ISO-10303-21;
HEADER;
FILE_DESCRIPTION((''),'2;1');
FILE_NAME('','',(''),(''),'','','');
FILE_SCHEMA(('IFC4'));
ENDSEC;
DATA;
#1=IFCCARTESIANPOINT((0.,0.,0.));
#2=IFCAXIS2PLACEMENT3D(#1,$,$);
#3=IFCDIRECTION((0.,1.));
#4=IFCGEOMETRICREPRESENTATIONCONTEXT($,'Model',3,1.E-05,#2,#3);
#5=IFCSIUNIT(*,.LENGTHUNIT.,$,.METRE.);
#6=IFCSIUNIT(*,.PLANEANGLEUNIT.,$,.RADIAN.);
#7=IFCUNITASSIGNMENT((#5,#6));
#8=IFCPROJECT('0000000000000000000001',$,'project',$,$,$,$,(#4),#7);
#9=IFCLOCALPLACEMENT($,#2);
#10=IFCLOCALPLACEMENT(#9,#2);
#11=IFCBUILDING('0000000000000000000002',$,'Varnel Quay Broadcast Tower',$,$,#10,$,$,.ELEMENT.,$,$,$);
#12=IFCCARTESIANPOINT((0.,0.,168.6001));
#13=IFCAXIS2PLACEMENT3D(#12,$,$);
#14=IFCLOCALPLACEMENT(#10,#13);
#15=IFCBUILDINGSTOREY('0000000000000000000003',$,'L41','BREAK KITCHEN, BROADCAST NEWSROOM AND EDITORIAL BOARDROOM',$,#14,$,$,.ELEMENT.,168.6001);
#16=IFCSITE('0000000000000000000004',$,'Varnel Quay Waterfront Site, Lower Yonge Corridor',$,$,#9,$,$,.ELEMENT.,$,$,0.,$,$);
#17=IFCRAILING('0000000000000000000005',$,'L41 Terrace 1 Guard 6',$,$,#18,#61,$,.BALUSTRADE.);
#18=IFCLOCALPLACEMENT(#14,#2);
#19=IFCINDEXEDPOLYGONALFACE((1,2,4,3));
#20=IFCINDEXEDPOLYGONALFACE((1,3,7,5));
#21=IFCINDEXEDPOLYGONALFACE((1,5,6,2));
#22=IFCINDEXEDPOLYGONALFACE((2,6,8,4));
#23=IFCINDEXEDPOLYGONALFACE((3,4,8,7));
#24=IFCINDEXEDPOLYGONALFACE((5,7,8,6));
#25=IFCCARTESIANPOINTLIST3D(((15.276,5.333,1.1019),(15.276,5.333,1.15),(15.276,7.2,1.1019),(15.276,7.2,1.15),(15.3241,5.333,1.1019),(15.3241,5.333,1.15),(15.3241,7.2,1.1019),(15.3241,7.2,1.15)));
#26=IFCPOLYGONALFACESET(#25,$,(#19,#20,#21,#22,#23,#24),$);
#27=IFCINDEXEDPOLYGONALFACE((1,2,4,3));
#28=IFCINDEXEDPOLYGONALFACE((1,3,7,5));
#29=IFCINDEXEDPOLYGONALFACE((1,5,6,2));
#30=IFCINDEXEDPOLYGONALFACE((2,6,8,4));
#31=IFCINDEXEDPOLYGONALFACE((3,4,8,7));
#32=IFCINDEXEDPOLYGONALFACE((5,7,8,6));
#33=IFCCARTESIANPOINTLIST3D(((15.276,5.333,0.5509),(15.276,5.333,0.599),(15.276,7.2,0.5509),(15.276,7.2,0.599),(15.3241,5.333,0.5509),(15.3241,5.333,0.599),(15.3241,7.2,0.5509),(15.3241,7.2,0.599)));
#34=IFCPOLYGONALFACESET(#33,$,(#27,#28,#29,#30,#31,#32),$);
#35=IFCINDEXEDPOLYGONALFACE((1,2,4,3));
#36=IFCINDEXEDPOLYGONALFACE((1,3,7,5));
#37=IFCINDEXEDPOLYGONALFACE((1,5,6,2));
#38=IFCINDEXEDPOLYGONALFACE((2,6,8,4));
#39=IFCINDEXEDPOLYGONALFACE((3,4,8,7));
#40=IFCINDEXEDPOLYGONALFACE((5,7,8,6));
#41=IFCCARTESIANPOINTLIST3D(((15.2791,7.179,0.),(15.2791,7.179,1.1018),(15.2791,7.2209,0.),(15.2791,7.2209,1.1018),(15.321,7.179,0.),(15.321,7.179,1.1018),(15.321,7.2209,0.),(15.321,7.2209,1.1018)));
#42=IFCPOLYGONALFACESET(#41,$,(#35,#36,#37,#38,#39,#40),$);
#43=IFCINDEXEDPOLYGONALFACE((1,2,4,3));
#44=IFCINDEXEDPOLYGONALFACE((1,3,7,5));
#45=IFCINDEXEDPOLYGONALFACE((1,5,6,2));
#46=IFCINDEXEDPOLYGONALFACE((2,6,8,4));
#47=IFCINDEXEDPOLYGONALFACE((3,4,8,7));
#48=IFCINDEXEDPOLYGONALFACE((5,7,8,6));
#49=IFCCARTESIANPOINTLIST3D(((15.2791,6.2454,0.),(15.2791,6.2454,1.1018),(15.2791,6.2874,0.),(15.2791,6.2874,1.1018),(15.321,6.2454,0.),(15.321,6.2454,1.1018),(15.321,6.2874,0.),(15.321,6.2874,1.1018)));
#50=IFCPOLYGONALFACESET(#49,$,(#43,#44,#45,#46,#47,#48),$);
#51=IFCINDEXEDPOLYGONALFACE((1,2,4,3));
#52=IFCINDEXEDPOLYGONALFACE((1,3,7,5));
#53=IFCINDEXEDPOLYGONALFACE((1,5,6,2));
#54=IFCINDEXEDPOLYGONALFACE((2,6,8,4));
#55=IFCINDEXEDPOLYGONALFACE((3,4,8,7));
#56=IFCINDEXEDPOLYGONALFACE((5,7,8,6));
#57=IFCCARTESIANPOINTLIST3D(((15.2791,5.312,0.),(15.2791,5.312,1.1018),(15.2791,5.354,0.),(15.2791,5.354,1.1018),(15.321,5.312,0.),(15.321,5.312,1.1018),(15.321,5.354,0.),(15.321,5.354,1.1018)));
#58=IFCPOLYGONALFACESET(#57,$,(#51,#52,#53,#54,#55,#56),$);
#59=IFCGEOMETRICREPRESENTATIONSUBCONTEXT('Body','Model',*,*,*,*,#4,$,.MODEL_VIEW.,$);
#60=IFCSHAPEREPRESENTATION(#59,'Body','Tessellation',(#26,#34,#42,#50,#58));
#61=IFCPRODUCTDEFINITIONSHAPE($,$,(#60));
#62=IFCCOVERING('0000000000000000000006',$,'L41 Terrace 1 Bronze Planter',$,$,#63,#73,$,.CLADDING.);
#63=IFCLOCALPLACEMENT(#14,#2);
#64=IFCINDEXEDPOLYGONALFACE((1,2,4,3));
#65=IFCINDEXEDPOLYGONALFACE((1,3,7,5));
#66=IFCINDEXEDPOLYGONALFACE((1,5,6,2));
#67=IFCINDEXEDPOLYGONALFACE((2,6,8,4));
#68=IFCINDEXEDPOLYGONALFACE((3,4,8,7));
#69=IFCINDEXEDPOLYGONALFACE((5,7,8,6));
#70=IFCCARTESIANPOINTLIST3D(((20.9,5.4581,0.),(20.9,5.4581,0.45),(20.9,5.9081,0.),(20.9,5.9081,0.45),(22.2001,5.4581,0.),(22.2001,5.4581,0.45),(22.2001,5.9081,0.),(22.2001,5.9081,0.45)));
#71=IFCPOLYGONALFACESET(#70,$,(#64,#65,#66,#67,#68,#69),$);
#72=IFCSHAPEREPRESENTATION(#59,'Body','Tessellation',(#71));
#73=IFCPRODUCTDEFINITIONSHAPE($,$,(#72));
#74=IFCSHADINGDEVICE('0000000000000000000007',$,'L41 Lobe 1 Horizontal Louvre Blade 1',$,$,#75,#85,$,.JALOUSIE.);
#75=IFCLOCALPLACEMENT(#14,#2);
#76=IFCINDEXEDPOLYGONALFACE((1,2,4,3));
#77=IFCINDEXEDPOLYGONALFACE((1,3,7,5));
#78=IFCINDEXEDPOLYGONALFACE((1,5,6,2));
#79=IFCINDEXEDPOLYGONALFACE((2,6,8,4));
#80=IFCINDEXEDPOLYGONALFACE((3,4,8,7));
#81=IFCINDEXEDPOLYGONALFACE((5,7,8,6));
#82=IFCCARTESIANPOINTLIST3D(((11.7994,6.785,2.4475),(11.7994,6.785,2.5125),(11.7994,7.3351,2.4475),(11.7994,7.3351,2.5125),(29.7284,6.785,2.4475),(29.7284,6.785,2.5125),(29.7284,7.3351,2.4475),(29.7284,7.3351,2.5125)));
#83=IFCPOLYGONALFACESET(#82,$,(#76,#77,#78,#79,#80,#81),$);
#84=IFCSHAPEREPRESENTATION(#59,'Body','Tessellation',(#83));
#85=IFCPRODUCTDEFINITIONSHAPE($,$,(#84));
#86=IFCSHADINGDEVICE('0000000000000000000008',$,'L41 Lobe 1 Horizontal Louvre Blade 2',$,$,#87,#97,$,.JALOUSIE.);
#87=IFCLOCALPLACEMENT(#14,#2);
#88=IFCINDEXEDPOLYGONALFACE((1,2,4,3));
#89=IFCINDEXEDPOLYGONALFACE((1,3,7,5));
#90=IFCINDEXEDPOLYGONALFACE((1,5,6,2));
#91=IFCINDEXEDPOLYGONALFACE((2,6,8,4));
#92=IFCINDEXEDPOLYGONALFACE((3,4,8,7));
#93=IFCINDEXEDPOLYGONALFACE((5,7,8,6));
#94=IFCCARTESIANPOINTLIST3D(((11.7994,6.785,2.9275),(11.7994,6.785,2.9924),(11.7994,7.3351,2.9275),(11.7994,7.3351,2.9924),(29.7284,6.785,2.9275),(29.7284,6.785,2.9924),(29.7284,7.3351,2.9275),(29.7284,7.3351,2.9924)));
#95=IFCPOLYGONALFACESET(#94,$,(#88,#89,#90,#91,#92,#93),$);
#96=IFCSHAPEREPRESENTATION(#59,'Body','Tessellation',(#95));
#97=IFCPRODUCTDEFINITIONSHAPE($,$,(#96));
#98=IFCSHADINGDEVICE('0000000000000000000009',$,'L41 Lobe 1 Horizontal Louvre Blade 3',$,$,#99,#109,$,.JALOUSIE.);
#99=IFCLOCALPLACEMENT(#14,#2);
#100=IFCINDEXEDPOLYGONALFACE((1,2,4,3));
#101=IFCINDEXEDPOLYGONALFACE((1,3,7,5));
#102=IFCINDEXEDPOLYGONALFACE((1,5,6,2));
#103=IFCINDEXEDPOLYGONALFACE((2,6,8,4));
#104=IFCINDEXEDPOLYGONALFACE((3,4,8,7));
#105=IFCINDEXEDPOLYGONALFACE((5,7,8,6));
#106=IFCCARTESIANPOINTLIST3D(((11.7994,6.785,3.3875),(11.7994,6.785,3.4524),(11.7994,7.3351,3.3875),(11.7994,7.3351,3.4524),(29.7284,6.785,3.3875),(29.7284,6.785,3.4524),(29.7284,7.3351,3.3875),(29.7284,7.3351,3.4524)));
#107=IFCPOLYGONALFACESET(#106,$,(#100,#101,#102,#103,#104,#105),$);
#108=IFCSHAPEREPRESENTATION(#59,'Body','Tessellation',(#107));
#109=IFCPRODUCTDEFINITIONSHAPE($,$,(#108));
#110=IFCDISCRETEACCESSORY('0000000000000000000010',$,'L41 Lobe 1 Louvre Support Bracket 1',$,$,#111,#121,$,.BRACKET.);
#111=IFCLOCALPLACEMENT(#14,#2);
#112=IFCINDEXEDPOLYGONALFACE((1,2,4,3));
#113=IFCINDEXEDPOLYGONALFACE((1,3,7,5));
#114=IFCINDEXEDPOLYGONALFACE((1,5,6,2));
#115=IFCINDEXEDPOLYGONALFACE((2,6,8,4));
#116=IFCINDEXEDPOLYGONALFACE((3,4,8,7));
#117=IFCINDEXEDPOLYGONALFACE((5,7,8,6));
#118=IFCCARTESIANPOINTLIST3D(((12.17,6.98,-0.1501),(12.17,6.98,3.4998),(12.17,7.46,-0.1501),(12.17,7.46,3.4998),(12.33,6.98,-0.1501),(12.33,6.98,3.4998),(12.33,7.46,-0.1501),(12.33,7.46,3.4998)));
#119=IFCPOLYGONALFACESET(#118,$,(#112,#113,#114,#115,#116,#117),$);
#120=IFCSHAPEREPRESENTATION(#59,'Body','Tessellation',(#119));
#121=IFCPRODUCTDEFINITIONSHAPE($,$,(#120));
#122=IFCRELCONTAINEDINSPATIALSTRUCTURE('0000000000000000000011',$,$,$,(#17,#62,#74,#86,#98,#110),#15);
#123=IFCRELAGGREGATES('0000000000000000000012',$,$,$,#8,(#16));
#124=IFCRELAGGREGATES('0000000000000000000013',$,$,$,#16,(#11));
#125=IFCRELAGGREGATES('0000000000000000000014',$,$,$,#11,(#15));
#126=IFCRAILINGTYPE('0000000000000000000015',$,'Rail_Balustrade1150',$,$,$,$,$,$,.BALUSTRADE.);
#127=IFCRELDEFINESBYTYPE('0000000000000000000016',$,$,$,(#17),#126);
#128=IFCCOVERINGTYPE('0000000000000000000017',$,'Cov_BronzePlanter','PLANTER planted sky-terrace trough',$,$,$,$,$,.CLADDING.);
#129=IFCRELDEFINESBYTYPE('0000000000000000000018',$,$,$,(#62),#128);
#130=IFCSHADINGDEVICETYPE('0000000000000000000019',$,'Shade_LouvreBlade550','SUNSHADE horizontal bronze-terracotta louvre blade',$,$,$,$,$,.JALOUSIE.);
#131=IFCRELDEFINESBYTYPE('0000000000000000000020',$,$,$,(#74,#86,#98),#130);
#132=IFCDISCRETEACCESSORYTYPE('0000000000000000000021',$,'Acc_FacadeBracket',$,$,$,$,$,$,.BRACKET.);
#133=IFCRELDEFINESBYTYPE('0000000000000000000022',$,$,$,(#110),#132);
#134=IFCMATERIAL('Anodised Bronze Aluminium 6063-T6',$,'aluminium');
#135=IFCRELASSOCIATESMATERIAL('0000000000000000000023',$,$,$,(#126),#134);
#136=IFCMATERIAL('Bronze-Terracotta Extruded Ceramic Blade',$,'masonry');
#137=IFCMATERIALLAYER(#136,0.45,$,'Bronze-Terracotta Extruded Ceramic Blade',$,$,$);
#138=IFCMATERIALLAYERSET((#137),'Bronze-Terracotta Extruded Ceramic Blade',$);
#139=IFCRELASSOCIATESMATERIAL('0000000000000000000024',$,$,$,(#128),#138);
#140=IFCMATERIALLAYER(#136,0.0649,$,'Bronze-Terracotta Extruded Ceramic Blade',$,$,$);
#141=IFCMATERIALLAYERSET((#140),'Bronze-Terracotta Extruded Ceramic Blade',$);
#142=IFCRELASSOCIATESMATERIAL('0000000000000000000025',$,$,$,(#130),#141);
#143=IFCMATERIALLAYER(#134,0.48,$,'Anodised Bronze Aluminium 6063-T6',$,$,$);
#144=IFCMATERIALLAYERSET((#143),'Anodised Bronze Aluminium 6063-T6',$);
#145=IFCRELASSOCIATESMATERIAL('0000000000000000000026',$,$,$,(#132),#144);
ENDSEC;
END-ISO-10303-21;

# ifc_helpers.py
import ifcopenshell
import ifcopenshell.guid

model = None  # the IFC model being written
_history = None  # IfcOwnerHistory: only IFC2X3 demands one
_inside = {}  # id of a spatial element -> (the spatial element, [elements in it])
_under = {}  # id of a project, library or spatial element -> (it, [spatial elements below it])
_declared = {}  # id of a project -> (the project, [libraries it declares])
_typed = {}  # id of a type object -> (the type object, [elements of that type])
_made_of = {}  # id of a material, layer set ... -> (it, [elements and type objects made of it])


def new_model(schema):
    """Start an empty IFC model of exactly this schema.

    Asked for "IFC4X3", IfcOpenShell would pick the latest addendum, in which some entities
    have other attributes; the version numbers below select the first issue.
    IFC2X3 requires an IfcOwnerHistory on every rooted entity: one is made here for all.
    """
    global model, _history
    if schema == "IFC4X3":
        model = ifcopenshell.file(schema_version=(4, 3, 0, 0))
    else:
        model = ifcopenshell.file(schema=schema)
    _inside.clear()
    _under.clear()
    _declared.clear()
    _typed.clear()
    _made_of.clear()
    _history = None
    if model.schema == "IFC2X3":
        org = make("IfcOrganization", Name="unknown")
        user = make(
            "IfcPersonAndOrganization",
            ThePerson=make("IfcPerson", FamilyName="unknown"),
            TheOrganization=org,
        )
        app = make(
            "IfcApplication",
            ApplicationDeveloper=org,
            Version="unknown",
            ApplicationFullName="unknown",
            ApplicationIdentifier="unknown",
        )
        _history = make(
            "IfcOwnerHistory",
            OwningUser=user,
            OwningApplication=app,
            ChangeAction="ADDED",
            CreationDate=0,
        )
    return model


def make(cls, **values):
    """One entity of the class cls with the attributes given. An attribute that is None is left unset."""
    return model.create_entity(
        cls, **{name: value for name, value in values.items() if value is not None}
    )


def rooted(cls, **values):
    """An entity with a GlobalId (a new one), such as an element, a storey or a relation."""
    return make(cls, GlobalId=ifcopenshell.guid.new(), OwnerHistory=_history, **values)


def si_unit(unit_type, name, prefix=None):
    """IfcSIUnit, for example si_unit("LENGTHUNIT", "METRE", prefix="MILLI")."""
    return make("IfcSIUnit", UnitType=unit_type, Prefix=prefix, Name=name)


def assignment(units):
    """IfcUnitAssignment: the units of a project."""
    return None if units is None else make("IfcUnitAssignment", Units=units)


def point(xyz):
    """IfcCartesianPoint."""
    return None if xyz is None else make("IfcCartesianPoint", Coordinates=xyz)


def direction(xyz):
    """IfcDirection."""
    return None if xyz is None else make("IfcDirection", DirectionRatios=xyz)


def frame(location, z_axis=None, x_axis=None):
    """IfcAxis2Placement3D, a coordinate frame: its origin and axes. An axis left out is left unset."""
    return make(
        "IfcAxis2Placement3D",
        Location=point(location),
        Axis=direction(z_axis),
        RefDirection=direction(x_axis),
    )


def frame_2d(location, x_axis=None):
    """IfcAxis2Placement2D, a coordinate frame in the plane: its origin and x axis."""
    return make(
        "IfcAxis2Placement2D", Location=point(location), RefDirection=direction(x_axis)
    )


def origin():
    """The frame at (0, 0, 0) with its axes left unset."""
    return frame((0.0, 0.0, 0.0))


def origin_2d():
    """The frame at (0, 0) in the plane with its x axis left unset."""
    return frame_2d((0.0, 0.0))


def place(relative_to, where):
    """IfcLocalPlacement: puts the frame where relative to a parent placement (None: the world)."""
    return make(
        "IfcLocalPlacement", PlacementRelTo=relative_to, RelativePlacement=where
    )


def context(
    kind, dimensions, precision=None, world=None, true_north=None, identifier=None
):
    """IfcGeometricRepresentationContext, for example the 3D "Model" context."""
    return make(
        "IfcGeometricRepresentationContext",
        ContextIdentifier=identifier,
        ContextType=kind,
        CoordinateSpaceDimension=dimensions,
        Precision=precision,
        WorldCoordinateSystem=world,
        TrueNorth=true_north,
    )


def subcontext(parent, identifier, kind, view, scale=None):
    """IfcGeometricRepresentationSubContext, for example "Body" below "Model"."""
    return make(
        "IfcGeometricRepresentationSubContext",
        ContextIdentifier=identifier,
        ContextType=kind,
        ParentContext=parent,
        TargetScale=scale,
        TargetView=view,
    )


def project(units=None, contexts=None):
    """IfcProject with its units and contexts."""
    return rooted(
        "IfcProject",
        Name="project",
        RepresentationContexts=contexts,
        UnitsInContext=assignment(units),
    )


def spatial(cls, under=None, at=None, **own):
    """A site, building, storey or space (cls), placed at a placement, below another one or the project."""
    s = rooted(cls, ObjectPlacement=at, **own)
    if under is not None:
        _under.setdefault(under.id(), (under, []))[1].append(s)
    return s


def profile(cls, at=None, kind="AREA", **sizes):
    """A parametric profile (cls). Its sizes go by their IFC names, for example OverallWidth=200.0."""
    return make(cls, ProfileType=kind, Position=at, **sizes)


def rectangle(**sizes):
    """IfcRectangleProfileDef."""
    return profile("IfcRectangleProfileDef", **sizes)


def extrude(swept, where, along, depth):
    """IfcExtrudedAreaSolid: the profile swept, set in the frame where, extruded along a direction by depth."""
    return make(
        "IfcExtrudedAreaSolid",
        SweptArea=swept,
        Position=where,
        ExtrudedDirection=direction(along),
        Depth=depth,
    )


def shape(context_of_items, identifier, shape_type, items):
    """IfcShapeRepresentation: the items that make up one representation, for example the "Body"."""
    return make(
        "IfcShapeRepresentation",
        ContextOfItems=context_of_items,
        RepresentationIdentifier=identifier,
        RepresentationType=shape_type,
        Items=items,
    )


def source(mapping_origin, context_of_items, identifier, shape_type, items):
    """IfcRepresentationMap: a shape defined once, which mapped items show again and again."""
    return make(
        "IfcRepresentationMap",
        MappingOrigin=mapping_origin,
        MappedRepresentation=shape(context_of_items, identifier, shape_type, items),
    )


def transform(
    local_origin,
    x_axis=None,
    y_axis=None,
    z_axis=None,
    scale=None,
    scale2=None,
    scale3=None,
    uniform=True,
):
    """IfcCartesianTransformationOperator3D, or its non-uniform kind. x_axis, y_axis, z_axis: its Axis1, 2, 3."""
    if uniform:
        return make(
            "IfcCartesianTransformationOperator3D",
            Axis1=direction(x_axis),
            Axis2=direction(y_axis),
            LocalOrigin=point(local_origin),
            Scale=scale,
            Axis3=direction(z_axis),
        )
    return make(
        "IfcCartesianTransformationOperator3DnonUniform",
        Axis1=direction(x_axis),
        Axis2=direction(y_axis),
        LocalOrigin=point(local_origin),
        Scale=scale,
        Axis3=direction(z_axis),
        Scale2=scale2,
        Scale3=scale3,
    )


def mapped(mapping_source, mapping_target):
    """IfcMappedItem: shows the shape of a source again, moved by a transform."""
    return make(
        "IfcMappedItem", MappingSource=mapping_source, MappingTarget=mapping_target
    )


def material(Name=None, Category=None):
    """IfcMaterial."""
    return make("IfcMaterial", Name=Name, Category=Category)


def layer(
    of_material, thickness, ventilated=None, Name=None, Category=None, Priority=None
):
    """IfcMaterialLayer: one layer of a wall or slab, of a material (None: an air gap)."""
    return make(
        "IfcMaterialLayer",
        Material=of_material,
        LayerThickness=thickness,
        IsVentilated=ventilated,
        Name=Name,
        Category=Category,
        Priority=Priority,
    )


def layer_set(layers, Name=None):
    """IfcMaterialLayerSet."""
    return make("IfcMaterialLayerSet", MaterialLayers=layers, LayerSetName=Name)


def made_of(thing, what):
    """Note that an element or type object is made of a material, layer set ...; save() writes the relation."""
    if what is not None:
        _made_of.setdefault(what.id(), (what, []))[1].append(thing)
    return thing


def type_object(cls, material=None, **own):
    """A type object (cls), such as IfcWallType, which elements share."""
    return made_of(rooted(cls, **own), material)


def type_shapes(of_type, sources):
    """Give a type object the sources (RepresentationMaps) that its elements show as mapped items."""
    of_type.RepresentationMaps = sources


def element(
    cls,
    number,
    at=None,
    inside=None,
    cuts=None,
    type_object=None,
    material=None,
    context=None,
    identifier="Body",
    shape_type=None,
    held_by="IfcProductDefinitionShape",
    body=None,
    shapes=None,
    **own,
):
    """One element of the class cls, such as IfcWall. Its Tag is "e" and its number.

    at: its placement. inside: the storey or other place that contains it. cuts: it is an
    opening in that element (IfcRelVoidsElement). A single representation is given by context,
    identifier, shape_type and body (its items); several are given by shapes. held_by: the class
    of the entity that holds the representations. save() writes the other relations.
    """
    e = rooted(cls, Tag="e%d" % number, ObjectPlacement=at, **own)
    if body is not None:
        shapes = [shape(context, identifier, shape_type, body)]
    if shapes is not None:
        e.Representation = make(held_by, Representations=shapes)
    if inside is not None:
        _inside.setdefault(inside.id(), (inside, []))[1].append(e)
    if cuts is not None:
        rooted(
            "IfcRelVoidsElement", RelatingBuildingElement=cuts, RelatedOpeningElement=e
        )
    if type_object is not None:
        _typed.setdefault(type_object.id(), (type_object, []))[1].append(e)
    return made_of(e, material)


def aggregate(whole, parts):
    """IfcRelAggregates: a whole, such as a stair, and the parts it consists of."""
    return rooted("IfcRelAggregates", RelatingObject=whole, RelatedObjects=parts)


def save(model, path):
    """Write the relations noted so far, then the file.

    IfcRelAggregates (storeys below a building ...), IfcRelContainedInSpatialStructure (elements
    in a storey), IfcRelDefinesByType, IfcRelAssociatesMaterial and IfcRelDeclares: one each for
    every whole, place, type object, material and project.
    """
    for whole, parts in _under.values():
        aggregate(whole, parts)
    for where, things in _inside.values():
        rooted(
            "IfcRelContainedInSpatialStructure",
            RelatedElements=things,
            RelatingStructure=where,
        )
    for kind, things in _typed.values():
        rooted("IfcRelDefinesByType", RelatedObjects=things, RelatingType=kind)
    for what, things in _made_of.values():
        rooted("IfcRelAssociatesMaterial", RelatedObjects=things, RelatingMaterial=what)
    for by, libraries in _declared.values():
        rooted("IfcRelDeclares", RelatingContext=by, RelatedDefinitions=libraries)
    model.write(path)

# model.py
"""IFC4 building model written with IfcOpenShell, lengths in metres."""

from ifc_helpers import new_model, si_unit, direction, frame, origin, origin_2d, place, context, subcontext, project, spatial, rectangle, extrude, source, transform, mapped, material, layer, layer_set, type_object, type_shapes, element, save


model = new_model("IFC4")

# Units and contexts
model_context = context("Model", 3, precision=1e-05, world=origin(), true_north=direction((0.0, 1.0)))
body_context = subcontext(model_context, "Body", "Model", "MODEL_VIEW")
ifc_project = project(units=[si_unit("LENGTHUNIT", "METRE"), si_unit("PLANEANGLEUNIT", "RADIAN")], contexts=[model_context])

# Site, building, storey
site_placement = place(None, origin())
site = spatial("IfcSite", under=ifc_project, at=site_placement, Name="Varnel Quay Waterfront Site, Lower Yonge Corridor", CompositionType="ELEMENT", RefElevation=0.0)
building_placement = place(site_placement, origin())
building = spatial("IfcBuilding", under=site, at=building_placement, Name="Varnel Quay Broadcast Tower", CompositionType="ELEMENT")
storey_placement = place(building_placement, frame((0.0, 0.0, 168.6001)))
storey = spatial("IfcBuildingStorey", under=building, at=storey_placement, Name="L41", Description="BREAK KITCHEN, BROADCAST NEWSROOM AND EDITORIAL BOARDROOM", CompositionType="ELEMENT", Elevation=168.6001)

# Shared definitions
ifc_material_1 = material(Name="Anodised Bronze Aluminium 6063-T6", Category="aluminium")

# Railing
railing_type = type_object("IfcRailingType", Name="Rail_Balustrade1150", PredefinedType="BALUSTRADE", material=ifc_material_1)
railing_1_placement = place(storey_placement, frame((15.3, 7.2, 0.0)))
element("IfcRailing", 1, at=railing_1_placement, inside=storey, type_object=railing_type, Name="L41 Terrace 1 Guard 6", PredefinedType="BALUSTRADE", context=body_context, shape_type="SweptSolid", body=[
    extrude(rectangle(XDim=0.0481, YDim=0.0481, at=origin_2d()), frame((0.0, 0.0, 1.126), z_axis=(0.0, -1.0, 0.0), x_axis=(1.0, 0.0, 0.0)), (0.0, 0.0, 1.0), 1.8669),
    extrude(rectangle(XDim=0.0481, YDim=0.0481, at=origin_2d()), frame((0.0, 0.0, 0.575), z_axis=(0.0, -1.0, 0.0), x_axis=(1.0, 0.0, 0.0)), (0.0, 0.0, 1.0), 1.8669),
    extrude(rectangle(XDim=0.042, YDim=0.042, at=origin_2d()), origin(), (0.0, 0.0, 1.0), 1.1018),
    extrude(rectangle(XDim=0.042, YDim=0.042, at=origin_2d()), frame((0.0, -0.9336, 0.0)), (0.0, 0.0, 1.0), 1.1018),
    extrude(rectangle(XDim=0.042, YDim=0.042, at=origin_2d()), frame((0.0, -1.8669, 0.0)), (0.0, 0.0, 1.0), 1.1018),
])

# Covering
ifc_material_2 = material(Name="Bronze-Terracotta Extruded Ceramic Blade", Category="masonry")
ifc_layer_1 = layer(ifc_material_2, 0.45, Name="Bronze-Terracotta Extruded Ceramic Blade")
ifc_layer_set_1 = layer_set([ifc_layer_1], Name="Bronze-Terracotta Extruded Ceramic Blade")
covering_type = type_object("IfcCoveringType", Name="Cov_BronzePlanter", Description="PLANTER planted sky-terrace trough", PredefinedType="CLADDING", material=ifc_layer_set_1)
shared_shape_1 = source(origin(), body_context, "Body", "SweptSolid", [
    extrude(rectangle(XDim=1.3, YDim=0.45, at=origin_2d()), origin(), (0.0, 0.0, 1.0), 0.45),
])
type_shapes(covering_type, [shared_shape_1])
covering_placement = place(storey_placement, frame((21.55, 5.6831, 0.0), z_axis=(0.0, 0.0, 1.0), x_axis=(1.0, 0.0, 0.0)))
element("IfcCovering", 2, at=covering_placement, inside=storey, type_object=covering_type, Name="L41 Terrace 1 Bronze Planter", PredefinedType="CLADDING", context=body_context, shape_type="MappedRepresentation", body=[
    mapped(shared_shape_1, transform((0.0, 0.0, 0.0), x_axis=(1.0, 0.0, 0.0), y_axis=(0.0, 1.0, 0.0), z_axis=(0.0, 0.0, 1.0), scale=1.0)),
])

# Shading devices
ifc_layer_2 = layer(ifc_material_2, 0.0649, Name="Bronze-Terracotta Extruded Ceramic Blade")
ifc_layer_set_2 = layer_set([ifc_layer_2], Name="Bronze-Terracotta Extruded Ceramic Blade")
shading_device_type = type_object("IfcShadingDeviceType", Name="Shade_LouvreBlade550", Description="SUNSHADE horizontal bronze-terracotta louvre blade", PredefinedType="JALOUSIE", material=ifc_layer_set_2)
shared_shape_2 = source(origin(), body_context, "Body", "SweptSolid", [
    extrude(rectangle(XDim=17.929, YDim=0.55, at=origin_2d()), origin(), (0.0, 0.0, 1.0), 0.0649),
])
type_shapes(shading_device_type, [shared_shape_2])
for number, where, z_axis, x_axis, name in (
    (3, (20.7639, 7.0601, 2.4475), (0.0, 0.0, 1.0), (1.0, 0.0, 0.0), "L41 Lobe 1 Horizontal Louvre Blade 1"),
    (4, (20.7639, 7.0601, 2.9275), (0.0, 0.0, 1.0), (1.0, 0.0, 0.0), "L41 Lobe 1 Horizontal Louvre Blade 2"),
    (5, (20.7639, 7.0601, 3.3875), (0.0, 0.0, 1.0), (1.0, 0.0, 0.0), "L41 Lobe 1 Horizontal Louvre Blade 3"),
):
    element("IfcShadingDevice", number, at=place(storey_placement, frame(where, z_axis=z_axis, x_axis=x_axis)), inside=storey, type_object=shading_device_type, Name=name, PredefinedType="JALOUSIE", context=body_context, shape_type="MappedRepresentation", body=[
        mapped(shared_shape_2, transform((0.0, 0.0, 0.0), x_axis=(1.0, 0.0, 0.0), y_axis=(0.0, 1.0, 0.0), z_axis=(0.0, 0.0, 1.0), scale=1.0)),
    ])

# Discrete accessory
ifc_layer_3 = layer(ifc_material_1, 0.48, Name="Anodised Bronze Aluminium 6063-T6")
ifc_layer_set_3 = layer_set([ifc_layer_3], Name="Anodised Bronze Aluminium 6063-T6")
discrete_accessory_type = type_object("IfcDiscreteAccessoryType", Name="Acc_FacadeBracket", PredefinedType="BRACKET", material=ifc_layer_set_3)
shared_shape_3 = source(origin(), body_context, "Body", "SweptSolid", [
    extrude(rectangle(XDim=0.1599, YDim=0.48, at=origin_2d()), origin(), (0.0, 0.0, 1.0), 3.6499),
])
type_shapes(discrete_accessory_type, [shared_shape_3])
discrete_accessory_placement = place(storey_placement, frame((12.25, 7.22, -0.1501), z_axis=(0.0, 0.0, 1.0), x_axis=(1.0, 0.0, 0.0)))
element("IfcDiscreteAccessory", 6, at=discrete_accessory_placement, inside=storey, type_object=discrete_accessory_type, Name="L41 Lobe 1 Louvre Support Bracket 1", PredefinedType="BRACKET", context=body_context, shape_type="MappedRepresentation", body=[
    mapped(shared_shape_3, transform((0.0, 0.0, 0.0), x_axis=(1.0, 0.0, 0.0), y_axis=(0.0, 1.0, 0.0), z_axis=(0.0, 0.0, 1.0), scale=1.0)),
])

save(model, "model.ifc")
